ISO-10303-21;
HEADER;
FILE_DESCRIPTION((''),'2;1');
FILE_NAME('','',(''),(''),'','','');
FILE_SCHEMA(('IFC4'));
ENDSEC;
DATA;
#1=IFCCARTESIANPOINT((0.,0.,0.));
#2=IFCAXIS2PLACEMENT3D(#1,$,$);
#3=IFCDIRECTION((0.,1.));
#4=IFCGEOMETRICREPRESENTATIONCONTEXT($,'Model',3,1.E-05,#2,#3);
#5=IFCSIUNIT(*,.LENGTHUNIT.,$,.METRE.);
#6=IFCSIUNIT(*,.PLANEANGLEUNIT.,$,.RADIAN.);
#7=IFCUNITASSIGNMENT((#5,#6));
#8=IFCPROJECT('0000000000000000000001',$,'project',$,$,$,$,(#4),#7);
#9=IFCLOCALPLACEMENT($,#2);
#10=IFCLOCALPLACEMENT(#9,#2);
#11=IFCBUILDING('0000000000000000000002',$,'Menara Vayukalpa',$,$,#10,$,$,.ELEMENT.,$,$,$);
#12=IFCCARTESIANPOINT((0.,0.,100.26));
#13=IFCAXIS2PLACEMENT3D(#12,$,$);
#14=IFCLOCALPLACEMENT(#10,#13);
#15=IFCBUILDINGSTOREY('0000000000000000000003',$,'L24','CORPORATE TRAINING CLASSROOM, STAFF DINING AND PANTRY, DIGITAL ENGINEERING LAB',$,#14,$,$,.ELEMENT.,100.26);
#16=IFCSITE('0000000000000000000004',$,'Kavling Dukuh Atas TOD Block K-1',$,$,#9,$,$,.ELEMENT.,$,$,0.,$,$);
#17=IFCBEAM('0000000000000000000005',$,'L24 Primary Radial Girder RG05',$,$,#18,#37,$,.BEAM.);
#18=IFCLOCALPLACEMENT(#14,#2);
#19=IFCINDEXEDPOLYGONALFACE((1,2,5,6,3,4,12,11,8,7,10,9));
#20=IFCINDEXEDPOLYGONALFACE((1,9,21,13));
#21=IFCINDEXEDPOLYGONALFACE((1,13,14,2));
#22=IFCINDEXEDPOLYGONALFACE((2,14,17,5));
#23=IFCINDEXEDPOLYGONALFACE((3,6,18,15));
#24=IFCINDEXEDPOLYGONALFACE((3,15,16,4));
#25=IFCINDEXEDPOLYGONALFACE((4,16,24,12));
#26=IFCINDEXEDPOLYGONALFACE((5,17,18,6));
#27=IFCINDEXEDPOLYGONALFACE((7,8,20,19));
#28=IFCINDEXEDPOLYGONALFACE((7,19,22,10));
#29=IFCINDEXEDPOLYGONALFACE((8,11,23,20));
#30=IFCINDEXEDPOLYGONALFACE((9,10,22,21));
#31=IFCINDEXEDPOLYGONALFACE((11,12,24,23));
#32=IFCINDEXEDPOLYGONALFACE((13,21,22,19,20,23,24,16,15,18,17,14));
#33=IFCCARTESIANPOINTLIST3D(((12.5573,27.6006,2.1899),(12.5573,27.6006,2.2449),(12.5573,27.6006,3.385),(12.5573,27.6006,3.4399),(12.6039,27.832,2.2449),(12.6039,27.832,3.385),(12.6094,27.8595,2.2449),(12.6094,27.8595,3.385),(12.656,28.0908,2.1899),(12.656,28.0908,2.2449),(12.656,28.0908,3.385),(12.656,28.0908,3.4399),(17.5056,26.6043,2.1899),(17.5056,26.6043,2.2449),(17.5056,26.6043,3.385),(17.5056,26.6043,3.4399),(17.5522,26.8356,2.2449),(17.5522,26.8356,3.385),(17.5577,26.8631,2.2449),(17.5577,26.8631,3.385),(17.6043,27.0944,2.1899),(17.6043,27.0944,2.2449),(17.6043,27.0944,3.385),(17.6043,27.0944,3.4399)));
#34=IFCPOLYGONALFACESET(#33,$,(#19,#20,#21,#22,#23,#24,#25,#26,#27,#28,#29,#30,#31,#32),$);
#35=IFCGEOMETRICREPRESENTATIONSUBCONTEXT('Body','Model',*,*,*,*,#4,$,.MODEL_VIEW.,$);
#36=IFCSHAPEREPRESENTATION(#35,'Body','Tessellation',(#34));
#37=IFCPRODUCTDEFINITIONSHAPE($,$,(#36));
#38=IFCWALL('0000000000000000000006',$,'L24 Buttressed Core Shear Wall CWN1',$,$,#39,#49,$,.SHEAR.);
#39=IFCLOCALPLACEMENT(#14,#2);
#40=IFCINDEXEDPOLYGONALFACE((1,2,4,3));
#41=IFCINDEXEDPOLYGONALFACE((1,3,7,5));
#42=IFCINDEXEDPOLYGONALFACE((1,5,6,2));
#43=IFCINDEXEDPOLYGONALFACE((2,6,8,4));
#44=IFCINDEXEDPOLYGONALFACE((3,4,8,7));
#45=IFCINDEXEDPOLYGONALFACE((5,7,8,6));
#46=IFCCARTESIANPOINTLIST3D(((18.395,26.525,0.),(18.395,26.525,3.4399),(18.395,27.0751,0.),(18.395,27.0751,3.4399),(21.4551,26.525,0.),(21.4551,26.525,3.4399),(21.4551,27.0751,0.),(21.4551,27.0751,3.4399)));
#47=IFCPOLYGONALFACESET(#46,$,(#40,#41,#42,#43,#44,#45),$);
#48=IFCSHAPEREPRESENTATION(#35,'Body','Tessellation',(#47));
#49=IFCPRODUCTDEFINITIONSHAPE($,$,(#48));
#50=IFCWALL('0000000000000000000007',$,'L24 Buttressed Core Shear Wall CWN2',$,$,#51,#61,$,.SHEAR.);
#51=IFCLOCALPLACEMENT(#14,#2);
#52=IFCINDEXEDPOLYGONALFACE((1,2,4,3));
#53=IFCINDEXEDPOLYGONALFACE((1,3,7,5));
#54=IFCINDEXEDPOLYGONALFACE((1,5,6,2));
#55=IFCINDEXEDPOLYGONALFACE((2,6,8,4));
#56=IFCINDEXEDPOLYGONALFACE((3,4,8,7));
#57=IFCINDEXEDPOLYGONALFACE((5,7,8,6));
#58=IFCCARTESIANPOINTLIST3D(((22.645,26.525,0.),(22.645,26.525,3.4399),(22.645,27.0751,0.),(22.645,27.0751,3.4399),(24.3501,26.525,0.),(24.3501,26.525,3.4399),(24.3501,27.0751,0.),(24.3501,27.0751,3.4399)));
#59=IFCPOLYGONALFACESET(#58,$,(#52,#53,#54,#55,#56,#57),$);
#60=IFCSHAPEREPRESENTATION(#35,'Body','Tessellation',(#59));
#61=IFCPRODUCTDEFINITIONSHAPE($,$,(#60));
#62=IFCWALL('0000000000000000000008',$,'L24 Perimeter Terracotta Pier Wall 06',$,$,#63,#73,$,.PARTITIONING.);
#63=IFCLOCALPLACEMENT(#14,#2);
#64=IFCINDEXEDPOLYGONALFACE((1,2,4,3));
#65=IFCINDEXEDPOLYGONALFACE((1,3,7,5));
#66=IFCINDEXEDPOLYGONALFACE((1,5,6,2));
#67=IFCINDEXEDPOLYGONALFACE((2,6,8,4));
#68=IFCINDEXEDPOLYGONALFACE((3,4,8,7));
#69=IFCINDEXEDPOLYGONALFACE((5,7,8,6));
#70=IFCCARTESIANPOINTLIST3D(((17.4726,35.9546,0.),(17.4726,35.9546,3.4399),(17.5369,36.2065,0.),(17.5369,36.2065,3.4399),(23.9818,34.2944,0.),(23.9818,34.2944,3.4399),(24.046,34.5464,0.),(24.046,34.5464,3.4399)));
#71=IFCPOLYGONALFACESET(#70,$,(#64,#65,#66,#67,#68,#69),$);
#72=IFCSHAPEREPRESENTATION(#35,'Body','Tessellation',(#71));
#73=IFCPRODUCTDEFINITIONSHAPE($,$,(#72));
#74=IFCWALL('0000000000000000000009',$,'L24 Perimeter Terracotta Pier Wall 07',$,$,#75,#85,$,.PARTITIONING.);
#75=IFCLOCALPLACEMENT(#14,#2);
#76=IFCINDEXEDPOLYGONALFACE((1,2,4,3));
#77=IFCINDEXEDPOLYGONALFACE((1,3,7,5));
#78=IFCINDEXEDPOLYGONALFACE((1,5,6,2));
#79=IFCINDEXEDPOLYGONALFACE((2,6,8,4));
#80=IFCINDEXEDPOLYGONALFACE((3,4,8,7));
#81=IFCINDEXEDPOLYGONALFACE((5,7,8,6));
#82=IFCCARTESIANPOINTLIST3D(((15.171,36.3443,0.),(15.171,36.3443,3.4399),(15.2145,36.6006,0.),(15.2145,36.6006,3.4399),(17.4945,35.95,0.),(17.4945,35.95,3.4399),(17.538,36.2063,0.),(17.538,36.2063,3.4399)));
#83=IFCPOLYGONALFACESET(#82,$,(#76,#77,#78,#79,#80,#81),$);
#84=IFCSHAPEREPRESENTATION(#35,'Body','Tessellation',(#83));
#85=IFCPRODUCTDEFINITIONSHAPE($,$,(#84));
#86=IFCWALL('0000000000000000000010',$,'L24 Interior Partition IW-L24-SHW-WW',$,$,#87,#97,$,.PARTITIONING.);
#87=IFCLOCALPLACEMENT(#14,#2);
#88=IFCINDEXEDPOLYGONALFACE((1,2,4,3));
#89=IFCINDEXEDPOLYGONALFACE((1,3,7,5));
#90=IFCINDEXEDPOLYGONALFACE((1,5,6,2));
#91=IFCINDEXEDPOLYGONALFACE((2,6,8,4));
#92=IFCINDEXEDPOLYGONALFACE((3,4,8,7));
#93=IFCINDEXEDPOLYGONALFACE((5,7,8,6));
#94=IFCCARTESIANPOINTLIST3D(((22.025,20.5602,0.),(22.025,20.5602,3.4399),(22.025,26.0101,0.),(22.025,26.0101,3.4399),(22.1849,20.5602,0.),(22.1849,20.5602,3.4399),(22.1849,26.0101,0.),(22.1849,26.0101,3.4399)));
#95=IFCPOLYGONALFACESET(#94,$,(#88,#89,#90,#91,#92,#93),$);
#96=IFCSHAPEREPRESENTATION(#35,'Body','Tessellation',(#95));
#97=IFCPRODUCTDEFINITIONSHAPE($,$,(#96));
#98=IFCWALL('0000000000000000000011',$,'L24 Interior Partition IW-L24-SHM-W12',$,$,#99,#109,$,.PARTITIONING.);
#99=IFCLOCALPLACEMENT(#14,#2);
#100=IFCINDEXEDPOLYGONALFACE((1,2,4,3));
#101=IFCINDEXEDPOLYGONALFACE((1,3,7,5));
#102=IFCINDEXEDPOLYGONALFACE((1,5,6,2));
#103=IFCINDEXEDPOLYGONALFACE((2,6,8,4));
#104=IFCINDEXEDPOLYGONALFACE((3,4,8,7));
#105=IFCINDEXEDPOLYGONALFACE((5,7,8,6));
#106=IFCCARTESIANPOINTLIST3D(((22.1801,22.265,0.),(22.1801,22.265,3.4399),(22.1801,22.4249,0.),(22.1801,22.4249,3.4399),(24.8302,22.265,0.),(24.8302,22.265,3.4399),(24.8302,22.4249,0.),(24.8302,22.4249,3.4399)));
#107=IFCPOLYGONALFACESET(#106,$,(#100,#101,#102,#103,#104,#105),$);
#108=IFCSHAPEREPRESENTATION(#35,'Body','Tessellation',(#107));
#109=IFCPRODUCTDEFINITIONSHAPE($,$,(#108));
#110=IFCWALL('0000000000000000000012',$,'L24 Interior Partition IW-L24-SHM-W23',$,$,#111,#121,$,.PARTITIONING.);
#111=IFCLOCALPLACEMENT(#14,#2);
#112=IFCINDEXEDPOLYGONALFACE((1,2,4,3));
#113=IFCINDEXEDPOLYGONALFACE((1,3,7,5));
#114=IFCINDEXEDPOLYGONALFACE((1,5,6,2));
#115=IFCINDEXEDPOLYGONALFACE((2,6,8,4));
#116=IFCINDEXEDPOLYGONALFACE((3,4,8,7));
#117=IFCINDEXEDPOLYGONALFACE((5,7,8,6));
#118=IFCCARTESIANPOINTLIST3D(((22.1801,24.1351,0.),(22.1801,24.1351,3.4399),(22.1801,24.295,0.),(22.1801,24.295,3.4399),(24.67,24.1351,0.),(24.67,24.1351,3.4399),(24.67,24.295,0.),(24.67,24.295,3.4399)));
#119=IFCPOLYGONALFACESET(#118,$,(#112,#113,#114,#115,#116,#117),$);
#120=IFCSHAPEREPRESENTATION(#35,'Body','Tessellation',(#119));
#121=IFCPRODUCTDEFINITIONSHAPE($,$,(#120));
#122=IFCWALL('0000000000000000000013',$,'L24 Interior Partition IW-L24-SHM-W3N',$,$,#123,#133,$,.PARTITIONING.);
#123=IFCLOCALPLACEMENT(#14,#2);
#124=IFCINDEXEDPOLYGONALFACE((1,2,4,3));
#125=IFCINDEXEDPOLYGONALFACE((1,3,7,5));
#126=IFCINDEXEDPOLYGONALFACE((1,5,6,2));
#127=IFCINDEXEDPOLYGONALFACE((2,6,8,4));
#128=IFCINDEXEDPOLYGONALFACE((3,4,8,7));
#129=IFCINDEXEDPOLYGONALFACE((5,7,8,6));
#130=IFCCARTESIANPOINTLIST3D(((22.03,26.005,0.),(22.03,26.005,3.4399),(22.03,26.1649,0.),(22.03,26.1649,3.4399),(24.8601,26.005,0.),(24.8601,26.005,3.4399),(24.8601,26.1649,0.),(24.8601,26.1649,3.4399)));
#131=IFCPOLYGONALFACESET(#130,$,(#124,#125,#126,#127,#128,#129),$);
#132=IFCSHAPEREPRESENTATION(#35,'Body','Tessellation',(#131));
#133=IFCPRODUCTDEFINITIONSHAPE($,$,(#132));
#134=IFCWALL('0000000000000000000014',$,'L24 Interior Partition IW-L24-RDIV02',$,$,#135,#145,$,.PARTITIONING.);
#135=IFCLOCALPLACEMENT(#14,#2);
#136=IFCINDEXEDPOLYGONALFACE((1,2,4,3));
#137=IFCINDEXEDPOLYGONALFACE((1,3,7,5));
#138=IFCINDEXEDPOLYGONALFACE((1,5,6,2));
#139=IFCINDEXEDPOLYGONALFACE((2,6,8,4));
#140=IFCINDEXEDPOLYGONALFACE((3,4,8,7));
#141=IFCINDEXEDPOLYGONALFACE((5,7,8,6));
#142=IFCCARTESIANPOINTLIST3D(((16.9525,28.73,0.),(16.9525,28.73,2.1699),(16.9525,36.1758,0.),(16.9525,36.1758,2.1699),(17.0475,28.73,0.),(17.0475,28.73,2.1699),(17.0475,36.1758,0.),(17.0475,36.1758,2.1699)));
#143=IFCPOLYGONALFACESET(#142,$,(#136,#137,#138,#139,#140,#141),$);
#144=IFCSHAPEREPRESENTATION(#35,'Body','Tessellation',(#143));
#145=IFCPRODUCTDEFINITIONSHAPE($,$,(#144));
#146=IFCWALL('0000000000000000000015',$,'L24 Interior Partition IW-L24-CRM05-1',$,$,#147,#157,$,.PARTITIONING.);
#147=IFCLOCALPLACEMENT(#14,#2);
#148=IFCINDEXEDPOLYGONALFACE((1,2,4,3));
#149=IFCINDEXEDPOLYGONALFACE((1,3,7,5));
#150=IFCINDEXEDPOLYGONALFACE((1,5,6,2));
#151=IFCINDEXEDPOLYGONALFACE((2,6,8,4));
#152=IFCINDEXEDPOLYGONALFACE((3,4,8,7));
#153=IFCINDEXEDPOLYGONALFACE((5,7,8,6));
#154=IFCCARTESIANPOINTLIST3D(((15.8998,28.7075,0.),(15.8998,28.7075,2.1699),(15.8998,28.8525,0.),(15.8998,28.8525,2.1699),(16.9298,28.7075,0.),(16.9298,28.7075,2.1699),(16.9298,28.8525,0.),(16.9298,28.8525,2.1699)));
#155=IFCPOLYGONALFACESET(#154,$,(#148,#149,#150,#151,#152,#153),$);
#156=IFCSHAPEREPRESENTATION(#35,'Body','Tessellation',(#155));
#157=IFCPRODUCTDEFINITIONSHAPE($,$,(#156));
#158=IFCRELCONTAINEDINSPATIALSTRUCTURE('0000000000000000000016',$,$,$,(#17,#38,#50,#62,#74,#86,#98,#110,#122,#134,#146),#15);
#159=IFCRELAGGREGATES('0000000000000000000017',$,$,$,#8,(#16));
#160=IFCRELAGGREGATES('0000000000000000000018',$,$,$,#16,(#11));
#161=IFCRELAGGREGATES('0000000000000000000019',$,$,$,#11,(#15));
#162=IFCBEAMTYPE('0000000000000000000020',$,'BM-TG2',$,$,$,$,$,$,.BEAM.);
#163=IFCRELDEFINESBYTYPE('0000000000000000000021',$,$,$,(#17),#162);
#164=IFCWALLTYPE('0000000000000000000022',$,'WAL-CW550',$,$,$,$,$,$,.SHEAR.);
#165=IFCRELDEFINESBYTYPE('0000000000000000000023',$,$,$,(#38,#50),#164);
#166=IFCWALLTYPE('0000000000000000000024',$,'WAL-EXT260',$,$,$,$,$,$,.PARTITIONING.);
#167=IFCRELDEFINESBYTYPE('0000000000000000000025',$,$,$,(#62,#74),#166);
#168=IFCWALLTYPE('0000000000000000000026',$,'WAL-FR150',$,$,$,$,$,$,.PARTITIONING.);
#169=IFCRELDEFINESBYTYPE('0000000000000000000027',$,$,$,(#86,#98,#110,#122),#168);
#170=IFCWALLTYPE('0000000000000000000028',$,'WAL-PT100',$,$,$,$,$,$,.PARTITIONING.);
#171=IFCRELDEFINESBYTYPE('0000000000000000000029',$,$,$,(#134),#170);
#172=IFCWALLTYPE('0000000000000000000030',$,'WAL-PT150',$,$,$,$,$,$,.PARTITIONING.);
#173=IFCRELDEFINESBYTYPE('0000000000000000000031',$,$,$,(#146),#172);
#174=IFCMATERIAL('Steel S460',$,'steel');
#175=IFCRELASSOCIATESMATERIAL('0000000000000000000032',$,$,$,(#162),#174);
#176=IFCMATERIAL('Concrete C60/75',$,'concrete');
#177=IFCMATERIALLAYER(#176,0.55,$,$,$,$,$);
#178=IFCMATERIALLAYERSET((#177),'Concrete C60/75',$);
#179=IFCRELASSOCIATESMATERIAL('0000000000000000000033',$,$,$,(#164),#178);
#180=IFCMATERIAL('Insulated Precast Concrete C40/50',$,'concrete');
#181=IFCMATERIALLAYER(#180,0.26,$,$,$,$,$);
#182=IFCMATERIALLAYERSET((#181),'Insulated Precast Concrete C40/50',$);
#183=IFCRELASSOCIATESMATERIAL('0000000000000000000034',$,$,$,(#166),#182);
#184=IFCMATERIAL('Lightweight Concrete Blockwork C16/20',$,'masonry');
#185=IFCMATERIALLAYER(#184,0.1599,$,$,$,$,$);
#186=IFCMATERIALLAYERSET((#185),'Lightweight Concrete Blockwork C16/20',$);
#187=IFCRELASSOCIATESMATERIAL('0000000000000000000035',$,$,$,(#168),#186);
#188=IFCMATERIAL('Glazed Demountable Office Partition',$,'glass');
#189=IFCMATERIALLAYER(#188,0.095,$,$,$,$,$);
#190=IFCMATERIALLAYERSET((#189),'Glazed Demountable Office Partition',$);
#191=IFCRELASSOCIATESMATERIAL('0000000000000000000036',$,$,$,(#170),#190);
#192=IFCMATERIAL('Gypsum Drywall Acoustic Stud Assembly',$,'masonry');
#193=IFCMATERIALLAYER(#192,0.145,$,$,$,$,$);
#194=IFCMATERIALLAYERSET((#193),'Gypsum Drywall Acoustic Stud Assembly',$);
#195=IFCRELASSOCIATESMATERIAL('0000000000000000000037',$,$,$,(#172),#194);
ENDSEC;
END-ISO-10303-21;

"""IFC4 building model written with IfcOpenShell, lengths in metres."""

from ifc_helpers import new_model, si_unit, direction, frame, frame_2d, origin, origin_2d, place, context, subcontext, project, spatial, rectangle, i_section, extrude, material, layer, layer_set, material_profile, profile_set, type_object, element, save


model = new_model("IFC4")

# Units and contexts
model_context = context("Model", 3, precision=1e-05, world=origin(), true_north=direction((0.0, 1.0)))
body_context = subcontext(model_context, "Body", "Model", "MODEL_VIEW")
ifc_project = project(units=[si_unit("LENGTHUNIT", "METRE"), si_unit("PLANEANGLEUNIT", "RADIAN")], contexts=[model_context])

# Site, building, storey
site_placement = place(None, origin())
site = spatial("IfcSite", under=ifc_project, at=site_placement, Name="Kavling Dukuh Atas TOD Block K-1", CompositionType="ELEMENT", RefElevation=0.0)
building_placement = place(site_placement, origin())
building = spatial("IfcBuilding", under=site, at=building_placement, Name="Menara Vayukalpa", CompositionType="ELEMENT")
storey_placement = place(building_placement, frame((0.0, 0.0, 100.26)))
storey = spatial("IfcBuildingStorey", under=building, at=storey_placement, Name="L24", Description="CORPORATE TRAINING CLASSROOM, STAFF DINING AND PANTRY, DIGITAL ENGINEERING LAB", CompositionType="ELEMENT", Elevation=100.26)

# Beam
ifc_material_1 = material(Name="Steel S460", Category="steel")
ifc_material_profile_1 = material_profile(ifc_material_1, i_section(OverallWidth=0.5, OverallDepth=1.25, WebThickness=0.0281, FlangeThickness=0.0549, at=origin_2d()), Name="WG 1250x500x28x55")
ifc_profile_set_1 = profile_set([ifc_material_profile_1], Name="Steel S460")
beam_type_1 = type_object("IfcBeamType", Name="BM-TG2", PredefinedType="BEAM", material=ifc_profile_set_1)
beam_1_placement = place(storey_placement, frame((17.5549, 26.8494, 2.8149), z_axis=(-0.980325, 0.19739, 0.0), x_axis=(-0.19739, -0.980325, 0.0)))
element("IfcBeam", 1, at=beam_1_placement, inside=storey, type_object=beam_type_1, Name="L24 Primary Radial Girder RG05", PredefinedType="BEAM", context=body_context, shape_type="SweptSolid", body=[
    extrude(i_section(OverallWidth=0.5, OverallDepth=1.25, WebThickness=0.0281, FlangeThickness=0.0549, at=origin_2d()), origin(), (0.0, 0.0, 1.0), 5.0476),
])

# Walls
ifc_material_2 = material(Name="Concrete C60/75", Category="concrete")
ifc_layer_1 = layer(ifc_material_2, 0.55)
ifc_layer_set_1 = layer_set([ifc_layer_1], Name="Concrete C60/75")
wall_type_1 = type_object("IfcWallType", Name="WAL-CW550", PredefinedType="SHEAR", material=ifc_layer_set_1)
wall_1_placement = place(storey_placement, frame((18.395, 26.8, 0.0), z_axis=(0.0, 0.0, 1.0), x_axis=(1.0, 0.0, 0.0)))
element("IfcWall", 2, at=wall_1_placement, inside=storey, type_object=wall_type_1, Name="L24 Buttressed Core Shear Wall CWN1", PredefinedType="SHEAR", context=body_context, shape_type="SweptSolid", body=[
    extrude(rectangle(XDim=3.0601, YDim=0.55, at=frame_2d((1.53, 0.0))), origin(), (0.0, 0.0, 1.0), 3.4399),
])
wall_2_placement = place(storey_placement, frame((22.645, 26.8, 0.0), z_axis=(0.0, 0.0, 1.0), x_axis=(1.0, 0.0, 0.0)))
element("IfcWall", 3, at=wall_2_placement, inside=storey, type_object=wall_type_1, Name="L24 Buttressed Core Shear Wall CWN2", PredefinedType="SHEAR", context=body_context, shape_type="SweptSolid", body=[
    extrude(rectangle(XDim=1.7051, YDim=0.55, at=frame_2d((0.8525, 0.0))), origin(), (0.0, 0.0, 1.0), 3.4399),
])
ifc_material_3 = material(Name="Insulated Precast Concrete C40/50", Category="concrete")
ifc_layer_2 = layer(ifc_material_3, 0.26)
ifc_layer_set_2 = layer_set([ifc_layer_2], Name="Insulated Precast Concrete C40/50")
wall_type_2 = type_object("IfcWallType", Name="WAL-EXT260", PredefinedType="PARTITIONING", material=ifc_layer_set_2)
wall_3_placement = place(storey_placement, frame((17.5046, 36.0806, 0.0), z_axis=(0.0, 0.0, 1.0), x_axis=(0.968981, -0.247134, 0.0)))
element("IfcWall", 4, at=wall_3_placement, inside=storey, type_object=wall_type_2, Name="L24 Perimeter Terracotta Pier Wall 06", PredefinedType="PARTITIONING", context=body_context, shape_type="SweptSolid", body=[
    extrude(rectangle(XDim=6.7175, YDim=0.26, at=frame_2d((3.3589, 0.0))), origin(), (0.0, 0.0, 1.0), 3.4399),
])
wall_4_placement = place(storey_placement, frame((15.1929, 36.4724, 0.0), z_axis=(0.0, 0.0, 1.0), x_axis=(0.985905, -0.167305, 0.0)))
element("IfcWall", 5, at=wall_4_placement, inside=storey, type_object=wall_type_2, Name="L24 Perimeter Terracotta Pier Wall 07", PredefinedType="PARTITIONING", context=body_context, shape_type="SweptSolid", body=[
    extrude(rectangle(XDim=2.3567, YDim=0.26, at=frame_2d((1.1782, 0.0))), origin(), (0.0, 0.0, 1.0), 3.4399),
])
ifc_material_4 = material(Name="Lightweight Concrete Blockwork C16/20", Category="masonry")
ifc_layer_3 = layer(ifc_material_4, 0.1599)
ifc_layer_set_3 = layer_set([ifc_layer_3], Name="Lightweight Concrete Blockwork C16/20")
wall_type_3 = type_object("IfcWallType", Name="WAL-FR150", PredefinedType="PARTITIONING", material=ifc_layer_set_3)
wall_5_placement = place(storey_placement, frame((22.105, 20.5601, 0.0), z_axis=(0.0, 0.0, 1.0), x_axis=(0.0, 1.0, 0.0)))
element("IfcWall", 6, at=wall_5_placement, inside=storey, type_object=wall_type_3, Name="L24 Interior Partition IW-L24-SHW-WW", PredefinedType="PARTITIONING", context=body_context, shape_type="SweptSolid", body=[
    extrude(rectangle(XDim=5.45, YDim=0.1599, at=frame_2d((2.7251, 0.0))), origin(), (0.0, 0.0, 1.0), 3.4399),
])
wall_6_placement = place(storey_placement, frame((22.1799, 22.345, 0.0), z_axis=(0.0, 0.0, 1.0), x_axis=(1.0, 0.0, 0.0)))
element("IfcWall", 7, at=wall_6_placement, inside=storey, type_object=wall_type_3, Name="L24 Interior Partition IW-L24-SHM-W12", PredefinedType="PARTITIONING", context=body_context, shape_type="SweptSolid", body=[
    extrude(rectangle(XDim=2.6501, YDim=0.1599, at=frame_2d((1.3252, 0.0))), origin(), (0.0, 0.0, 1.0), 3.4399),
])
wall_7_placement = place(storey_placement, frame((22.1799, 24.2151, 0.0), z_axis=(0.0, 0.0, 1.0), x_axis=(1.0, 0.0, 0.0)))
element("IfcWall", 8, at=wall_7_placement, inside=storey, type_object=wall_type_3, Name="L24 Interior Partition IW-L24-SHM-W23", PredefinedType="PARTITIONING", context=body_context, shape_type="SweptSolid", body=[
    extrude(rectangle(XDim=2.49, YDim=0.1599, at=frame_2d((1.2451, 0.0))), origin(), (0.0, 0.0, 1.0), 3.4399),
])
wall_8_placement = place(storey_placement, frame((22.03, 26.085, 0.0), z_axis=(0.0, 0.0, 1.0), x_axis=(1.0, 0.0, 0.0)))
element("IfcWall", 9, at=wall_8_placement, inside=storey, type_object=wall_type_3, Name="L24 Interior Partition IW-L24-SHM-W3N", PredefinedType="PARTITIONING", context=body_context, shape_type="SweptSolid", body=[
    extrude(rectangle(XDim=2.8301, YDim=0.1599, at=frame_2d((1.415, 0.0))), origin(), (0.0, 0.0, 1.0), 3.4399),
])
ifc_material_5 = material(Name="Glazed Demountable Office Partition", Category="glass")
ifc_layer_4 = layer(ifc_material_5, 0.095)
ifc_layer_set_4 = layer_set([ifc_layer_4], Name="Glazed Demountable Office Partition")
wall_type_4 = type_object("IfcWallType", Name="WAL-PT100", PredefinedType="PARTITIONING", material=ifc_layer_set_4)
wall_9_placement = place(storey_placement, frame((17.0, 28.73, 0.0), z_axis=(0.0, 0.0, 1.0), x_axis=(0.0, 1.0, 0.0)))
element("IfcWall", 10, at=wall_9_placement, inside=storey, type_object=wall_type_4, Name="L24 Interior Partition IW-L24-RDIV02", PredefinedType="PARTITIONING", context=body_context, shape_type="SweptSolid", body=[
    extrude(rectangle(XDim=7.4458, YDim=0.095, at=frame_2d((3.7229, 0.0))), origin(), (0.0, 0.0, 1.0), 2.1699),
])
ifc_material_6 = material(Name="Gypsum Drywall Acoustic Stud Assembly", Category="masonry")
ifc_layer_5 = layer(ifc_material_6, 0.145)
ifc_layer_set_5 = layer_set([ifc_layer_5], Name="Gypsum Drywall Acoustic Stud Assembly")
wall_type_5 = type_object("IfcWallType", Name="WAL-PT150", PredefinedType="PARTITIONING", material=ifc_layer_set_5)
wall_10_placement = place(storey_placement, frame((16.9299, 28.78, 0.0), z_axis=(0.0, 0.0, 1.0), x_axis=(-1.0, 0.0, 0.0)))
element("IfcWall", 11, at=wall_10_placement, inside=storey, type_object=wall_type_5, Name="L24 Interior Partition IW-L24-CRM05-1", PredefinedType="PARTITIONING", context=body_context, shape_type="SweptSolid", body=[
    extrude(rectangle(XDim=1.03, YDim=0.145, at=frame_2d((0.5151, 0.0))), origin(), (0.0, 0.0, 1.0), 2.1699),
])

save(model, "model.ifc")
